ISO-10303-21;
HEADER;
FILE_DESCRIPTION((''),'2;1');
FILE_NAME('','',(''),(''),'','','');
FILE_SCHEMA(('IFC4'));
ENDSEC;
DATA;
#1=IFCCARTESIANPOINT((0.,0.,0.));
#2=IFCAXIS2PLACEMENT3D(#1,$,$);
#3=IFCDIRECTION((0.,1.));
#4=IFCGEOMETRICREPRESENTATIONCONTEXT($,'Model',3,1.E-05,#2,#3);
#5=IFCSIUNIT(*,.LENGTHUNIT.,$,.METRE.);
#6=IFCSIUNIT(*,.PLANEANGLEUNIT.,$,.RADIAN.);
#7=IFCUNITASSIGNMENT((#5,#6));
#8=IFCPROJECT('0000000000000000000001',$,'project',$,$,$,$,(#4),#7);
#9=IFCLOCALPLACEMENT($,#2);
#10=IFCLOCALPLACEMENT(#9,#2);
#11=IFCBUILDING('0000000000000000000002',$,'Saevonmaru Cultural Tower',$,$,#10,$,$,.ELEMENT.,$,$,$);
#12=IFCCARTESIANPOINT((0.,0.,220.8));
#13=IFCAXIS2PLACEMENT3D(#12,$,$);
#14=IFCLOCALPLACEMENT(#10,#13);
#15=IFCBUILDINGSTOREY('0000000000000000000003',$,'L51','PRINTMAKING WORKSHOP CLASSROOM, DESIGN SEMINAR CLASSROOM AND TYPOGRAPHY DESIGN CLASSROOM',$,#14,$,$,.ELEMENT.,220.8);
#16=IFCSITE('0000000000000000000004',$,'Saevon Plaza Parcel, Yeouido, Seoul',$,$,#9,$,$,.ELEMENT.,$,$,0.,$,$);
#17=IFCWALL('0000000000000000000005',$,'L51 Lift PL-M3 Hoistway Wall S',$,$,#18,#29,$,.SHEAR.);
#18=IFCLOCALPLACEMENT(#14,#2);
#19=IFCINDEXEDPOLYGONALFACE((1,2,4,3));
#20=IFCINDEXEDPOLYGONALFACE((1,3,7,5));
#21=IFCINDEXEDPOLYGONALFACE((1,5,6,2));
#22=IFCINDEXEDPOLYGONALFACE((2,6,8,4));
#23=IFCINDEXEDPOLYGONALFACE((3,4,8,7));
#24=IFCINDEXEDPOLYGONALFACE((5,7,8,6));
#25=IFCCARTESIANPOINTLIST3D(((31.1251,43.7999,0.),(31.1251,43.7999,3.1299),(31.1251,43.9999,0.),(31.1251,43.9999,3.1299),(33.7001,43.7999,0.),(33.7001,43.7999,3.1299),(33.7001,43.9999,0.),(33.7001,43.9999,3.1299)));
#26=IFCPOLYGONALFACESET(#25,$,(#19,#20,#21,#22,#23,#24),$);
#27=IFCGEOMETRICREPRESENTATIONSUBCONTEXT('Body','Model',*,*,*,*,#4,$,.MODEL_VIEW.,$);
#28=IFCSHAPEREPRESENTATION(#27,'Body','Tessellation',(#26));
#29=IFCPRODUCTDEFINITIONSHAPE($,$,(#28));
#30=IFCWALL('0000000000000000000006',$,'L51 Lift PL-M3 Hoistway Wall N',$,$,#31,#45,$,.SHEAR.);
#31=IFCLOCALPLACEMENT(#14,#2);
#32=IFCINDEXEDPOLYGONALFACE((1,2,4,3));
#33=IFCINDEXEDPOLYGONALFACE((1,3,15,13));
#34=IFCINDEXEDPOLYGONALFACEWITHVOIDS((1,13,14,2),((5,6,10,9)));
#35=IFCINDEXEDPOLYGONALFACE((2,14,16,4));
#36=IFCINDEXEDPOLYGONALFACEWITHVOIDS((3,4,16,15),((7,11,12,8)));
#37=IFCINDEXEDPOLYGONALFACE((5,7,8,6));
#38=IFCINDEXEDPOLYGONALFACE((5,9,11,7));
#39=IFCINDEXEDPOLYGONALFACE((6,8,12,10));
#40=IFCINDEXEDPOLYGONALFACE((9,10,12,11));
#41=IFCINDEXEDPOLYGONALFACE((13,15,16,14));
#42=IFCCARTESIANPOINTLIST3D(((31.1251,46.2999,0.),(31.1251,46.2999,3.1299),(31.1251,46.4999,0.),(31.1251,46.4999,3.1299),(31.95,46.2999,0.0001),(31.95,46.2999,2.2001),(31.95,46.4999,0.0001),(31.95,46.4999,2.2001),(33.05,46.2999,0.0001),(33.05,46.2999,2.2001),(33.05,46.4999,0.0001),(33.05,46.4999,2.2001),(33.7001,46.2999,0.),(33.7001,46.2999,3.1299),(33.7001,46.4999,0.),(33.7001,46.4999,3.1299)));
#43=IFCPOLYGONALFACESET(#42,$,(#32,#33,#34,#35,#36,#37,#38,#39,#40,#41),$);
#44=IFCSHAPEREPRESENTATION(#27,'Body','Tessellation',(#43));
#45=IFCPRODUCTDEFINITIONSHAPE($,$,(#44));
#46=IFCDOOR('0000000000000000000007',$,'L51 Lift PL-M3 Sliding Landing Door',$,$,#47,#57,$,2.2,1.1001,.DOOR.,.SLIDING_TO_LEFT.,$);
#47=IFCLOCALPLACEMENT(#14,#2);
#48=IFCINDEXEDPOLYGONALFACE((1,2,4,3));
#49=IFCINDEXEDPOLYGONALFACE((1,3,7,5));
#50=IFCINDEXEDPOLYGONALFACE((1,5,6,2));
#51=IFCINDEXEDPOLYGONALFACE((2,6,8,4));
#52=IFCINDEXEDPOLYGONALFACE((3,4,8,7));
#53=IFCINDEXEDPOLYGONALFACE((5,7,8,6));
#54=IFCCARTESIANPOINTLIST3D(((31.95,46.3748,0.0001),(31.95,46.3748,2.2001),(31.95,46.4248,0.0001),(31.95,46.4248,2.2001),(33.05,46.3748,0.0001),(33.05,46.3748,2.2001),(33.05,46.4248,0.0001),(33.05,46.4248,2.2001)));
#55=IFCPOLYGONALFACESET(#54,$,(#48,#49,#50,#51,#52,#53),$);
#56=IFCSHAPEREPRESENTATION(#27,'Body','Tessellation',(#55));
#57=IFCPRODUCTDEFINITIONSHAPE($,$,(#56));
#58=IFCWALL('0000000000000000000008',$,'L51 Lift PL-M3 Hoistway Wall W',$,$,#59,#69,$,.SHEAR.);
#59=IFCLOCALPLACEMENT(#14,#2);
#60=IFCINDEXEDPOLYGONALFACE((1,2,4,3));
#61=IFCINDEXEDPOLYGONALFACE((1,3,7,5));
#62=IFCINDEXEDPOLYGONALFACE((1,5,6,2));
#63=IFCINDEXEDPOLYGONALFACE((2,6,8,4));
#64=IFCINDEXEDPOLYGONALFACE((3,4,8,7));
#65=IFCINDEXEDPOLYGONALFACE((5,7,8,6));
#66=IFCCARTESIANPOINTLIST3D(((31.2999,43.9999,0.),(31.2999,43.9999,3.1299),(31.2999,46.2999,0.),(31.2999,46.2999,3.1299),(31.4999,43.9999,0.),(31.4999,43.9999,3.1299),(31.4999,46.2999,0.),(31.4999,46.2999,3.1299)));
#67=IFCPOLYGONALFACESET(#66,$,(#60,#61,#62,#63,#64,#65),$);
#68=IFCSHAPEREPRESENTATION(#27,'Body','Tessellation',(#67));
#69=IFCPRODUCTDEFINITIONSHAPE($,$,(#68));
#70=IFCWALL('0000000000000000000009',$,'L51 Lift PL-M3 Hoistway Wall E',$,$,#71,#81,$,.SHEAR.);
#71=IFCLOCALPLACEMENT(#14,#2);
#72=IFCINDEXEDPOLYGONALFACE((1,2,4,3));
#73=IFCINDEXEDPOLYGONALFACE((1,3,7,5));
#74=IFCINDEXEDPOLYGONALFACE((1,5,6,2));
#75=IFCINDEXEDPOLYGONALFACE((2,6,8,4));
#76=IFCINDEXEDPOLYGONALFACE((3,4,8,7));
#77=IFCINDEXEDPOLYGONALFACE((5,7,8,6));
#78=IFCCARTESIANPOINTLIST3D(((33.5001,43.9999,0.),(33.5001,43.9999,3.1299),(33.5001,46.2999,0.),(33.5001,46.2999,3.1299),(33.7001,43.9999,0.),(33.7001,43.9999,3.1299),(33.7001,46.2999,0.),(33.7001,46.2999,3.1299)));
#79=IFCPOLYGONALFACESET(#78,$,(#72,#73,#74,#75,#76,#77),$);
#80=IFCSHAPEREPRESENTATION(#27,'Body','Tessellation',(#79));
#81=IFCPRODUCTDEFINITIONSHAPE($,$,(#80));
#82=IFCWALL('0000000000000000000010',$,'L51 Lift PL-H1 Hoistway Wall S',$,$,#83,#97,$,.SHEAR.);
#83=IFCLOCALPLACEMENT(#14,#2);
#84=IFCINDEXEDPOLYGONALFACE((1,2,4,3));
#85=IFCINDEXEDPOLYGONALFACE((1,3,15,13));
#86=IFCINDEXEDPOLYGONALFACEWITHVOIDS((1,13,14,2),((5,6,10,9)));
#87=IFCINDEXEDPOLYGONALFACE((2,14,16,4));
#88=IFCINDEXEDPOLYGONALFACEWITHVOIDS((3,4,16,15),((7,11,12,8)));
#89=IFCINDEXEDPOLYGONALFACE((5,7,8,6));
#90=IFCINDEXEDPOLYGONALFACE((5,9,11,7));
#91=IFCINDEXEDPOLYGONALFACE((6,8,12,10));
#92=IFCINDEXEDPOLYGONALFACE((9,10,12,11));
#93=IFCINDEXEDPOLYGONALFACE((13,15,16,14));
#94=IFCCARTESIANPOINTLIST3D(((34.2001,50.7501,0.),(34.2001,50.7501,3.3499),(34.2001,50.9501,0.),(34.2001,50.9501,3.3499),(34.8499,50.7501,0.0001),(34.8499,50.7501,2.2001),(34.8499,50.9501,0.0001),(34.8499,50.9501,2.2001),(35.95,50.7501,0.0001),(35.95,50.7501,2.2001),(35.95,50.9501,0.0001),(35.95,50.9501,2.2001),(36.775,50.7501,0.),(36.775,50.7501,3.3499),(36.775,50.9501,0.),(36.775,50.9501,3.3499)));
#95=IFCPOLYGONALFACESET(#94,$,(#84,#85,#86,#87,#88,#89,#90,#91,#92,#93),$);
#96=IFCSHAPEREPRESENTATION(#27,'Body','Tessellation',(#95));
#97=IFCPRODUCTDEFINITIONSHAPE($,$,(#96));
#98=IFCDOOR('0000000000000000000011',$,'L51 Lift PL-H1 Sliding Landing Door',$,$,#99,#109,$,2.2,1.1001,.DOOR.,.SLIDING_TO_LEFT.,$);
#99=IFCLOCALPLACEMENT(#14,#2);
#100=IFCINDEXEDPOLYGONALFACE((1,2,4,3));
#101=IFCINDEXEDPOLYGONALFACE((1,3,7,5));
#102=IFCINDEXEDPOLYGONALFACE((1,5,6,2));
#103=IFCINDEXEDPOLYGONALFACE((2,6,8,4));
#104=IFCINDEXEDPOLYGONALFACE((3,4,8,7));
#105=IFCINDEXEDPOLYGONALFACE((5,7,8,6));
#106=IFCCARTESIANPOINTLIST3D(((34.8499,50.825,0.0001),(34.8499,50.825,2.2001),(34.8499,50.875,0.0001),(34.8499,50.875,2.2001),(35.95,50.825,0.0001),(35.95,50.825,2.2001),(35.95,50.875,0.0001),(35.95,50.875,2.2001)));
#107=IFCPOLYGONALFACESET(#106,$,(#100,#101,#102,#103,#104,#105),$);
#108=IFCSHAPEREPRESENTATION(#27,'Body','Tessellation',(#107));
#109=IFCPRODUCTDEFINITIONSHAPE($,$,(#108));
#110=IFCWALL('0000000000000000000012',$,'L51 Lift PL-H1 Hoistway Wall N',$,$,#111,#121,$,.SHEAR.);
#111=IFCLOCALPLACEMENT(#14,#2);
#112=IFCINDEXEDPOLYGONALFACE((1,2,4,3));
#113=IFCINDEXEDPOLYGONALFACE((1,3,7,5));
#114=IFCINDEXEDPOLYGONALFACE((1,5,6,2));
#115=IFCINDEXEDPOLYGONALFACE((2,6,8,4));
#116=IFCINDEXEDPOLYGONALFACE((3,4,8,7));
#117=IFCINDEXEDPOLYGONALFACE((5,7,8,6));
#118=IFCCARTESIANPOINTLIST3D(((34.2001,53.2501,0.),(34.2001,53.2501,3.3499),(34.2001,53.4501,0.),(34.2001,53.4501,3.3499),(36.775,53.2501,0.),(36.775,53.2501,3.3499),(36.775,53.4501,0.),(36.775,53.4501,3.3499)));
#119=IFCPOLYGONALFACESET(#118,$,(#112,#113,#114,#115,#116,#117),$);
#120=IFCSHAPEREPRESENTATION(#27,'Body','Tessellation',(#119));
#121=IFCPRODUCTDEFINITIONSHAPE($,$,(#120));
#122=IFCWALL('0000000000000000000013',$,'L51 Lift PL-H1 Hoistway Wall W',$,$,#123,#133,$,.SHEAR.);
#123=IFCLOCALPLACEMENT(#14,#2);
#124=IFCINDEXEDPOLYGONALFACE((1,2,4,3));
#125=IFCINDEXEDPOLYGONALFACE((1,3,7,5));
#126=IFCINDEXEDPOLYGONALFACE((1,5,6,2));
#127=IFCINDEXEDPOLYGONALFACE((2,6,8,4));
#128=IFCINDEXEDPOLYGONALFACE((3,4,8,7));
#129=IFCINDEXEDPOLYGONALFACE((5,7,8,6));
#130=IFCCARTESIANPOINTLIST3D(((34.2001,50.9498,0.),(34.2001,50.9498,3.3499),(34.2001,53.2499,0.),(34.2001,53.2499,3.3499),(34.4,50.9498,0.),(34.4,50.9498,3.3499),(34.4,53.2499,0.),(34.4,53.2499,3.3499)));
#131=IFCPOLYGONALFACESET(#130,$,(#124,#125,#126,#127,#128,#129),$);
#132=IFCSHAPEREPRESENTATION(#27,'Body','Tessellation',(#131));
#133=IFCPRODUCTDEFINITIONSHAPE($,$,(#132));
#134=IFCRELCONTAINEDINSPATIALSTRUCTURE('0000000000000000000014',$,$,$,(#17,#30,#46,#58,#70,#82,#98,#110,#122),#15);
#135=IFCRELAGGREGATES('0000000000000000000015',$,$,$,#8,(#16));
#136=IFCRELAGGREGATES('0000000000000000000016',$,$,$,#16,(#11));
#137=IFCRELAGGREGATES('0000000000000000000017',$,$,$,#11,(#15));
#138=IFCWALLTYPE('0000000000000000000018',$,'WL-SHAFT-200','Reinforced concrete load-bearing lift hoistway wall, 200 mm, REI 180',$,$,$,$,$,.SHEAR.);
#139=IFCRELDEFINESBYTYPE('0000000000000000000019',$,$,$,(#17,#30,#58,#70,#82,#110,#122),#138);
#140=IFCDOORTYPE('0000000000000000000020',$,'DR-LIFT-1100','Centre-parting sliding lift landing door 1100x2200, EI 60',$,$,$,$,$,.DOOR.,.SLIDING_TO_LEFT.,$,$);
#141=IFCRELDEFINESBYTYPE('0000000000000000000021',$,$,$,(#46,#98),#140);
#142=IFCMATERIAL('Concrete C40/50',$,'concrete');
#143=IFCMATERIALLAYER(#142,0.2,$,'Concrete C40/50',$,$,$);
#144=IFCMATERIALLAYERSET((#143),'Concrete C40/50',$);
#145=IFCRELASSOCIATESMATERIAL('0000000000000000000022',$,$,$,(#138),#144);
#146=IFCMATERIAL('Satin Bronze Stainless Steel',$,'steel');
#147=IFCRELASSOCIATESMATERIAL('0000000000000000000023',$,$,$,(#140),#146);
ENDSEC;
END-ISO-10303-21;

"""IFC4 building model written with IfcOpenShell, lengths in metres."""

from ifc_helpers import new_model, si_unit, direction, frame, frame_2d, origin, place, context, subcontext, project, spatial, rectangle, extrude, material, layer, layer_set, type_object, element, fill, save


model = new_model("IFC4")

# Units and contexts
model_context = context("Model", 3, precision=1e-05, world=origin(), true_north=direction((0.0, 1.0)))
body_context = subcontext(model_context, "Body", "Model", "MODEL_VIEW")
ifc_project = project(units=[si_unit("LENGTHUNIT", "METRE"), si_unit("PLANEANGLEUNIT", "RADIAN")], contexts=[model_context])

# Site, building, storey
site_placement = place(None, origin())
site = spatial("IfcSite", under=ifc_project, at=site_placement, Name="Saevon Plaza Parcel, Yeouido, Seoul", CompositionType="ELEMENT", RefElevation=0.0)
building_placement = place(site_placement, origin())
building = spatial("IfcBuilding", under=site, at=building_placement, Name="Saevonmaru Cultural Tower", CompositionType="ELEMENT")
storey_placement = place(building_placement, frame((0.0, 0.0, 220.8)))
storey = spatial("IfcBuildingStorey", under=building, at=storey_placement, Name="L51", Description="PRINTMAKING WORKSHOP CLASSROOM, DESIGN SEMINAR CLASSROOM AND TYPOGRAPHY DESIGN CLASSROOM", CompositionType="ELEMENT", Elevation=220.8)

# Shared definitions
ifc_material_1 = material(Name="Concrete C40/50", Category="concrete")
ifc_layer_1 = layer(ifc_material_1, 0.2, Name="Concrete C40/50")
ifc_layer_set_1 = layer_set([ifc_layer_1], Name="Concrete C40/50")
wall_type_1 = type_object("IfcWallType", Name="WL-SHAFT-200", Description="Reinforced concrete load-bearing lift hoistway wall, 200 mm, REI 180", PredefinedType="SHEAR", material=ifc_layer_set_1)

# Shared definitions
ifc_material_2 = material(Name="Satin Bronze Stainless Steel", Category="steel")
door_type_1 = type_object("IfcDoorType", Name="DR-LIFT-1100", Description="Centre-parting sliding lift landing door 1100x2200, EI 60", OperationType="SLIDING_TO_LEFT", PredefinedType="DOOR", material=ifc_material_2)

# Wall
wall_1_placement = place(storey_placement, frame((31.125, 43.8999, 0.0), z_axis=(0.0, 0.0, 1.0), x_axis=(1.0, 0.0, 0.0)))
element("IfcWall", 1, at=wall_1_placement, inside=storey, type_object=wall_type_1, Name="L51 Lift PL-M3 Hoistway Wall S", PredefinedType="SHEAR", context=body_context, shape_type="SweptSolid", body=[
    extrude(rectangle(XDim=2.575, YDim=0.2, at=frame_2d((1.2876, 0.0))), origin(), (0.0, 0.0, 1.0), 3.1299),
])

# Wall, opening, door
wall_2_placement = place(storey_placement, frame((31.125, 46.3999, 0.0), z_axis=(0.0, 0.0, 1.0), x_axis=(1.0, 0.0, 0.0)))
wall_2 = element("IfcWall", 2, at=wall_2_placement, inside=storey, type_object=wall_type_1, Name="L51 Lift PL-M3 Hoistway Wall N", PredefinedType="SHEAR", context=body_context, shape_type="SweptSolid", body=[
    extrude(rectangle(XDim=2.575, YDim=0.2, at=frame_2d((1.2876, 0.0))), origin(), (0.0, 0.0, 1.0), 3.1299),
])
opening_1_placement = place(wall_2_placement, frame((0.825, 0.0, 0.0)))
opening_1 = element("IfcOpeningElement", 3, at=opening_1_placement, cuts=wall_2, PredefinedType="OPENING", context=body_context, shape_type="SweptSolid", body=[
    extrude(rectangle(XDim=1.1001, YDim=2.2, at=frame_2d((0.55, 1.1001))), frame((0.0, 0.1099, 0.0), z_axis=(0.0, -1.0, 0.0), x_axis=(1.0, 0.0, 0.0)), (0.0, 0.0, 1.0), 0.22),
])
door_1_placement = place(opening_1_placement, origin())
door_1 = element("IfcDoor", 4, at=door_1_placement, inside=storey, type_object=door_type_1, Name="L51 Lift PL-M3 Sliding Landing Door", OperationType="SLIDING_TO_LEFT", OverallHeight=2.2, OverallWidth=1.1001, PredefinedType="DOOR", context=body_context, shape_type="SweptSolid", body=[
    extrude(rectangle(XDim=1.1001, YDim=2.2, at=frame_2d((0.55, 1.1001))), frame((0.0, 0.0249, 0.0), z_axis=(0.0, -1.0, 0.0), x_axis=(1.0, 0.0, 0.0)), (0.0, 0.0, 1.0), 0.05),
])
fill(opening_1, door_1)

# Walls
for number, where, z_axis, x_axis, name in (
    (5, (31.3999, 44.0, 0.0), (0.0, 0.0, 1.0), (0.0, 1.0, 0.0), "L51 Lift PL-M3 Hoistway Wall W"),
    (6, (33.6001, 44.0, 0.0), (0.0, 0.0, 1.0), (0.0, 1.0, 0.0), "L51 Lift PL-M3 Hoistway Wall E"),
):
    element("IfcWall", number, at=place(storey_placement, frame(where, z_axis=z_axis, x_axis=x_axis)), inside=storey, type_object=wall_type_1, Name=name, PredefinedType="SHEAR", context=body_context, shape_type="SweptSolid", body=[
        extrude(rectangle(XDim=2.3, YDim=0.2, at=frame_2d((1.1499, 0.0))), origin(), (0.0, 0.0, 1.0), 3.1299),
    ])

# Wall, opening, door
wall_3_placement = place(storey_placement, frame((34.2, 50.8501, 0.0), z_axis=(0.0, 0.0, 1.0), x_axis=(1.0, 0.0, 0.0)))
wall_3 = element("IfcWall", 7, at=wall_3_placement, inside=storey, type_object=wall_type_1, Name="L51 Lift PL-H1 Hoistway Wall S", PredefinedType="SHEAR", context=body_context, shape_type="SweptSolid", body=[
    extrude(rectangle(XDim=2.575, YDim=0.2, at=frame_2d((1.2876, 0.0))), origin(), (0.0, 0.0, 1.0), 3.3499),
])
opening_2_placement = place(wall_3_placement, frame((0.6499, 0.0, 0.0)))
opening_2 = element("IfcOpeningElement", 8, at=opening_2_placement, cuts=wall_3, PredefinedType="OPENING", context=body_context, shape_type="SweptSolid", body=[
    extrude(rectangle(XDim=1.1001, YDim=2.2, at=frame_2d((0.55, 1.1001))), frame((0.0, 0.1099, 0.0), z_axis=(0.0, -1.0, 0.0), x_axis=(1.0, 0.0, 0.0)), (0.0, 0.0, 1.0), 0.22),
])
door_2_placement = place(opening_2_placement, origin())
door_2 = element("IfcDoor", 9, at=door_2_placement, inside=storey, type_object=door_type_1, Name="L51 Lift PL-H1 Sliding Landing Door", OperationType="SLIDING_TO_LEFT", OverallHeight=2.2, OverallWidth=1.1001, PredefinedType="DOOR", context=body_context, shape_type="SweptSolid", body=[
    extrude(rectangle(XDim=1.1001, YDim=2.2, at=frame_2d((0.55, 1.1001))), frame((0.0, 0.0249, 0.0), z_axis=(0.0, -1.0, 0.0), x_axis=(1.0, 0.0, 0.0)), (0.0, 0.0, 1.0), 0.05),
])
fill(opening_2, door_2)

# Walls
wall_4_placement = place(storey_placement, frame((34.2, 53.3501, 0.0), z_axis=(0.0, 0.0, 1.0), x_axis=(1.0, 0.0, 0.0)))
element("IfcWall", 10, at=wall_4_placement, inside=storey, type_object=wall_type_1, Name="L51 Lift PL-H1 Hoistway Wall N", PredefinedType="SHEAR", context=body_context, shape_type="SweptSolid", body=[
    extrude(rectangle(XDim=2.575, YDim=0.2, at=frame_2d((1.2876, 0.0))), origin(), (0.0, 0.0, 1.0), 3.3499),
])
wall_5_placement = place(storey_placement, frame((34.3, 50.95, 0.0), z_axis=(0.0, 0.0, 1.0), x_axis=(0.0, 1.0, 0.0)))
element("IfcWall", 11, at=wall_5_placement, inside=storey, type_object=wall_type_1, Name="L51 Lift PL-H1 Hoistway Wall W", PredefinedType="SHEAR", context=body_context, shape_type="SweptSolid", body=[
    extrude(rectangle(XDim=2.3, YDim=0.2, at=frame_2d((1.1499, 0.0))), origin(), (0.0, 0.0, 1.0), 3.3499),
])

save(model, "model.ifc")
